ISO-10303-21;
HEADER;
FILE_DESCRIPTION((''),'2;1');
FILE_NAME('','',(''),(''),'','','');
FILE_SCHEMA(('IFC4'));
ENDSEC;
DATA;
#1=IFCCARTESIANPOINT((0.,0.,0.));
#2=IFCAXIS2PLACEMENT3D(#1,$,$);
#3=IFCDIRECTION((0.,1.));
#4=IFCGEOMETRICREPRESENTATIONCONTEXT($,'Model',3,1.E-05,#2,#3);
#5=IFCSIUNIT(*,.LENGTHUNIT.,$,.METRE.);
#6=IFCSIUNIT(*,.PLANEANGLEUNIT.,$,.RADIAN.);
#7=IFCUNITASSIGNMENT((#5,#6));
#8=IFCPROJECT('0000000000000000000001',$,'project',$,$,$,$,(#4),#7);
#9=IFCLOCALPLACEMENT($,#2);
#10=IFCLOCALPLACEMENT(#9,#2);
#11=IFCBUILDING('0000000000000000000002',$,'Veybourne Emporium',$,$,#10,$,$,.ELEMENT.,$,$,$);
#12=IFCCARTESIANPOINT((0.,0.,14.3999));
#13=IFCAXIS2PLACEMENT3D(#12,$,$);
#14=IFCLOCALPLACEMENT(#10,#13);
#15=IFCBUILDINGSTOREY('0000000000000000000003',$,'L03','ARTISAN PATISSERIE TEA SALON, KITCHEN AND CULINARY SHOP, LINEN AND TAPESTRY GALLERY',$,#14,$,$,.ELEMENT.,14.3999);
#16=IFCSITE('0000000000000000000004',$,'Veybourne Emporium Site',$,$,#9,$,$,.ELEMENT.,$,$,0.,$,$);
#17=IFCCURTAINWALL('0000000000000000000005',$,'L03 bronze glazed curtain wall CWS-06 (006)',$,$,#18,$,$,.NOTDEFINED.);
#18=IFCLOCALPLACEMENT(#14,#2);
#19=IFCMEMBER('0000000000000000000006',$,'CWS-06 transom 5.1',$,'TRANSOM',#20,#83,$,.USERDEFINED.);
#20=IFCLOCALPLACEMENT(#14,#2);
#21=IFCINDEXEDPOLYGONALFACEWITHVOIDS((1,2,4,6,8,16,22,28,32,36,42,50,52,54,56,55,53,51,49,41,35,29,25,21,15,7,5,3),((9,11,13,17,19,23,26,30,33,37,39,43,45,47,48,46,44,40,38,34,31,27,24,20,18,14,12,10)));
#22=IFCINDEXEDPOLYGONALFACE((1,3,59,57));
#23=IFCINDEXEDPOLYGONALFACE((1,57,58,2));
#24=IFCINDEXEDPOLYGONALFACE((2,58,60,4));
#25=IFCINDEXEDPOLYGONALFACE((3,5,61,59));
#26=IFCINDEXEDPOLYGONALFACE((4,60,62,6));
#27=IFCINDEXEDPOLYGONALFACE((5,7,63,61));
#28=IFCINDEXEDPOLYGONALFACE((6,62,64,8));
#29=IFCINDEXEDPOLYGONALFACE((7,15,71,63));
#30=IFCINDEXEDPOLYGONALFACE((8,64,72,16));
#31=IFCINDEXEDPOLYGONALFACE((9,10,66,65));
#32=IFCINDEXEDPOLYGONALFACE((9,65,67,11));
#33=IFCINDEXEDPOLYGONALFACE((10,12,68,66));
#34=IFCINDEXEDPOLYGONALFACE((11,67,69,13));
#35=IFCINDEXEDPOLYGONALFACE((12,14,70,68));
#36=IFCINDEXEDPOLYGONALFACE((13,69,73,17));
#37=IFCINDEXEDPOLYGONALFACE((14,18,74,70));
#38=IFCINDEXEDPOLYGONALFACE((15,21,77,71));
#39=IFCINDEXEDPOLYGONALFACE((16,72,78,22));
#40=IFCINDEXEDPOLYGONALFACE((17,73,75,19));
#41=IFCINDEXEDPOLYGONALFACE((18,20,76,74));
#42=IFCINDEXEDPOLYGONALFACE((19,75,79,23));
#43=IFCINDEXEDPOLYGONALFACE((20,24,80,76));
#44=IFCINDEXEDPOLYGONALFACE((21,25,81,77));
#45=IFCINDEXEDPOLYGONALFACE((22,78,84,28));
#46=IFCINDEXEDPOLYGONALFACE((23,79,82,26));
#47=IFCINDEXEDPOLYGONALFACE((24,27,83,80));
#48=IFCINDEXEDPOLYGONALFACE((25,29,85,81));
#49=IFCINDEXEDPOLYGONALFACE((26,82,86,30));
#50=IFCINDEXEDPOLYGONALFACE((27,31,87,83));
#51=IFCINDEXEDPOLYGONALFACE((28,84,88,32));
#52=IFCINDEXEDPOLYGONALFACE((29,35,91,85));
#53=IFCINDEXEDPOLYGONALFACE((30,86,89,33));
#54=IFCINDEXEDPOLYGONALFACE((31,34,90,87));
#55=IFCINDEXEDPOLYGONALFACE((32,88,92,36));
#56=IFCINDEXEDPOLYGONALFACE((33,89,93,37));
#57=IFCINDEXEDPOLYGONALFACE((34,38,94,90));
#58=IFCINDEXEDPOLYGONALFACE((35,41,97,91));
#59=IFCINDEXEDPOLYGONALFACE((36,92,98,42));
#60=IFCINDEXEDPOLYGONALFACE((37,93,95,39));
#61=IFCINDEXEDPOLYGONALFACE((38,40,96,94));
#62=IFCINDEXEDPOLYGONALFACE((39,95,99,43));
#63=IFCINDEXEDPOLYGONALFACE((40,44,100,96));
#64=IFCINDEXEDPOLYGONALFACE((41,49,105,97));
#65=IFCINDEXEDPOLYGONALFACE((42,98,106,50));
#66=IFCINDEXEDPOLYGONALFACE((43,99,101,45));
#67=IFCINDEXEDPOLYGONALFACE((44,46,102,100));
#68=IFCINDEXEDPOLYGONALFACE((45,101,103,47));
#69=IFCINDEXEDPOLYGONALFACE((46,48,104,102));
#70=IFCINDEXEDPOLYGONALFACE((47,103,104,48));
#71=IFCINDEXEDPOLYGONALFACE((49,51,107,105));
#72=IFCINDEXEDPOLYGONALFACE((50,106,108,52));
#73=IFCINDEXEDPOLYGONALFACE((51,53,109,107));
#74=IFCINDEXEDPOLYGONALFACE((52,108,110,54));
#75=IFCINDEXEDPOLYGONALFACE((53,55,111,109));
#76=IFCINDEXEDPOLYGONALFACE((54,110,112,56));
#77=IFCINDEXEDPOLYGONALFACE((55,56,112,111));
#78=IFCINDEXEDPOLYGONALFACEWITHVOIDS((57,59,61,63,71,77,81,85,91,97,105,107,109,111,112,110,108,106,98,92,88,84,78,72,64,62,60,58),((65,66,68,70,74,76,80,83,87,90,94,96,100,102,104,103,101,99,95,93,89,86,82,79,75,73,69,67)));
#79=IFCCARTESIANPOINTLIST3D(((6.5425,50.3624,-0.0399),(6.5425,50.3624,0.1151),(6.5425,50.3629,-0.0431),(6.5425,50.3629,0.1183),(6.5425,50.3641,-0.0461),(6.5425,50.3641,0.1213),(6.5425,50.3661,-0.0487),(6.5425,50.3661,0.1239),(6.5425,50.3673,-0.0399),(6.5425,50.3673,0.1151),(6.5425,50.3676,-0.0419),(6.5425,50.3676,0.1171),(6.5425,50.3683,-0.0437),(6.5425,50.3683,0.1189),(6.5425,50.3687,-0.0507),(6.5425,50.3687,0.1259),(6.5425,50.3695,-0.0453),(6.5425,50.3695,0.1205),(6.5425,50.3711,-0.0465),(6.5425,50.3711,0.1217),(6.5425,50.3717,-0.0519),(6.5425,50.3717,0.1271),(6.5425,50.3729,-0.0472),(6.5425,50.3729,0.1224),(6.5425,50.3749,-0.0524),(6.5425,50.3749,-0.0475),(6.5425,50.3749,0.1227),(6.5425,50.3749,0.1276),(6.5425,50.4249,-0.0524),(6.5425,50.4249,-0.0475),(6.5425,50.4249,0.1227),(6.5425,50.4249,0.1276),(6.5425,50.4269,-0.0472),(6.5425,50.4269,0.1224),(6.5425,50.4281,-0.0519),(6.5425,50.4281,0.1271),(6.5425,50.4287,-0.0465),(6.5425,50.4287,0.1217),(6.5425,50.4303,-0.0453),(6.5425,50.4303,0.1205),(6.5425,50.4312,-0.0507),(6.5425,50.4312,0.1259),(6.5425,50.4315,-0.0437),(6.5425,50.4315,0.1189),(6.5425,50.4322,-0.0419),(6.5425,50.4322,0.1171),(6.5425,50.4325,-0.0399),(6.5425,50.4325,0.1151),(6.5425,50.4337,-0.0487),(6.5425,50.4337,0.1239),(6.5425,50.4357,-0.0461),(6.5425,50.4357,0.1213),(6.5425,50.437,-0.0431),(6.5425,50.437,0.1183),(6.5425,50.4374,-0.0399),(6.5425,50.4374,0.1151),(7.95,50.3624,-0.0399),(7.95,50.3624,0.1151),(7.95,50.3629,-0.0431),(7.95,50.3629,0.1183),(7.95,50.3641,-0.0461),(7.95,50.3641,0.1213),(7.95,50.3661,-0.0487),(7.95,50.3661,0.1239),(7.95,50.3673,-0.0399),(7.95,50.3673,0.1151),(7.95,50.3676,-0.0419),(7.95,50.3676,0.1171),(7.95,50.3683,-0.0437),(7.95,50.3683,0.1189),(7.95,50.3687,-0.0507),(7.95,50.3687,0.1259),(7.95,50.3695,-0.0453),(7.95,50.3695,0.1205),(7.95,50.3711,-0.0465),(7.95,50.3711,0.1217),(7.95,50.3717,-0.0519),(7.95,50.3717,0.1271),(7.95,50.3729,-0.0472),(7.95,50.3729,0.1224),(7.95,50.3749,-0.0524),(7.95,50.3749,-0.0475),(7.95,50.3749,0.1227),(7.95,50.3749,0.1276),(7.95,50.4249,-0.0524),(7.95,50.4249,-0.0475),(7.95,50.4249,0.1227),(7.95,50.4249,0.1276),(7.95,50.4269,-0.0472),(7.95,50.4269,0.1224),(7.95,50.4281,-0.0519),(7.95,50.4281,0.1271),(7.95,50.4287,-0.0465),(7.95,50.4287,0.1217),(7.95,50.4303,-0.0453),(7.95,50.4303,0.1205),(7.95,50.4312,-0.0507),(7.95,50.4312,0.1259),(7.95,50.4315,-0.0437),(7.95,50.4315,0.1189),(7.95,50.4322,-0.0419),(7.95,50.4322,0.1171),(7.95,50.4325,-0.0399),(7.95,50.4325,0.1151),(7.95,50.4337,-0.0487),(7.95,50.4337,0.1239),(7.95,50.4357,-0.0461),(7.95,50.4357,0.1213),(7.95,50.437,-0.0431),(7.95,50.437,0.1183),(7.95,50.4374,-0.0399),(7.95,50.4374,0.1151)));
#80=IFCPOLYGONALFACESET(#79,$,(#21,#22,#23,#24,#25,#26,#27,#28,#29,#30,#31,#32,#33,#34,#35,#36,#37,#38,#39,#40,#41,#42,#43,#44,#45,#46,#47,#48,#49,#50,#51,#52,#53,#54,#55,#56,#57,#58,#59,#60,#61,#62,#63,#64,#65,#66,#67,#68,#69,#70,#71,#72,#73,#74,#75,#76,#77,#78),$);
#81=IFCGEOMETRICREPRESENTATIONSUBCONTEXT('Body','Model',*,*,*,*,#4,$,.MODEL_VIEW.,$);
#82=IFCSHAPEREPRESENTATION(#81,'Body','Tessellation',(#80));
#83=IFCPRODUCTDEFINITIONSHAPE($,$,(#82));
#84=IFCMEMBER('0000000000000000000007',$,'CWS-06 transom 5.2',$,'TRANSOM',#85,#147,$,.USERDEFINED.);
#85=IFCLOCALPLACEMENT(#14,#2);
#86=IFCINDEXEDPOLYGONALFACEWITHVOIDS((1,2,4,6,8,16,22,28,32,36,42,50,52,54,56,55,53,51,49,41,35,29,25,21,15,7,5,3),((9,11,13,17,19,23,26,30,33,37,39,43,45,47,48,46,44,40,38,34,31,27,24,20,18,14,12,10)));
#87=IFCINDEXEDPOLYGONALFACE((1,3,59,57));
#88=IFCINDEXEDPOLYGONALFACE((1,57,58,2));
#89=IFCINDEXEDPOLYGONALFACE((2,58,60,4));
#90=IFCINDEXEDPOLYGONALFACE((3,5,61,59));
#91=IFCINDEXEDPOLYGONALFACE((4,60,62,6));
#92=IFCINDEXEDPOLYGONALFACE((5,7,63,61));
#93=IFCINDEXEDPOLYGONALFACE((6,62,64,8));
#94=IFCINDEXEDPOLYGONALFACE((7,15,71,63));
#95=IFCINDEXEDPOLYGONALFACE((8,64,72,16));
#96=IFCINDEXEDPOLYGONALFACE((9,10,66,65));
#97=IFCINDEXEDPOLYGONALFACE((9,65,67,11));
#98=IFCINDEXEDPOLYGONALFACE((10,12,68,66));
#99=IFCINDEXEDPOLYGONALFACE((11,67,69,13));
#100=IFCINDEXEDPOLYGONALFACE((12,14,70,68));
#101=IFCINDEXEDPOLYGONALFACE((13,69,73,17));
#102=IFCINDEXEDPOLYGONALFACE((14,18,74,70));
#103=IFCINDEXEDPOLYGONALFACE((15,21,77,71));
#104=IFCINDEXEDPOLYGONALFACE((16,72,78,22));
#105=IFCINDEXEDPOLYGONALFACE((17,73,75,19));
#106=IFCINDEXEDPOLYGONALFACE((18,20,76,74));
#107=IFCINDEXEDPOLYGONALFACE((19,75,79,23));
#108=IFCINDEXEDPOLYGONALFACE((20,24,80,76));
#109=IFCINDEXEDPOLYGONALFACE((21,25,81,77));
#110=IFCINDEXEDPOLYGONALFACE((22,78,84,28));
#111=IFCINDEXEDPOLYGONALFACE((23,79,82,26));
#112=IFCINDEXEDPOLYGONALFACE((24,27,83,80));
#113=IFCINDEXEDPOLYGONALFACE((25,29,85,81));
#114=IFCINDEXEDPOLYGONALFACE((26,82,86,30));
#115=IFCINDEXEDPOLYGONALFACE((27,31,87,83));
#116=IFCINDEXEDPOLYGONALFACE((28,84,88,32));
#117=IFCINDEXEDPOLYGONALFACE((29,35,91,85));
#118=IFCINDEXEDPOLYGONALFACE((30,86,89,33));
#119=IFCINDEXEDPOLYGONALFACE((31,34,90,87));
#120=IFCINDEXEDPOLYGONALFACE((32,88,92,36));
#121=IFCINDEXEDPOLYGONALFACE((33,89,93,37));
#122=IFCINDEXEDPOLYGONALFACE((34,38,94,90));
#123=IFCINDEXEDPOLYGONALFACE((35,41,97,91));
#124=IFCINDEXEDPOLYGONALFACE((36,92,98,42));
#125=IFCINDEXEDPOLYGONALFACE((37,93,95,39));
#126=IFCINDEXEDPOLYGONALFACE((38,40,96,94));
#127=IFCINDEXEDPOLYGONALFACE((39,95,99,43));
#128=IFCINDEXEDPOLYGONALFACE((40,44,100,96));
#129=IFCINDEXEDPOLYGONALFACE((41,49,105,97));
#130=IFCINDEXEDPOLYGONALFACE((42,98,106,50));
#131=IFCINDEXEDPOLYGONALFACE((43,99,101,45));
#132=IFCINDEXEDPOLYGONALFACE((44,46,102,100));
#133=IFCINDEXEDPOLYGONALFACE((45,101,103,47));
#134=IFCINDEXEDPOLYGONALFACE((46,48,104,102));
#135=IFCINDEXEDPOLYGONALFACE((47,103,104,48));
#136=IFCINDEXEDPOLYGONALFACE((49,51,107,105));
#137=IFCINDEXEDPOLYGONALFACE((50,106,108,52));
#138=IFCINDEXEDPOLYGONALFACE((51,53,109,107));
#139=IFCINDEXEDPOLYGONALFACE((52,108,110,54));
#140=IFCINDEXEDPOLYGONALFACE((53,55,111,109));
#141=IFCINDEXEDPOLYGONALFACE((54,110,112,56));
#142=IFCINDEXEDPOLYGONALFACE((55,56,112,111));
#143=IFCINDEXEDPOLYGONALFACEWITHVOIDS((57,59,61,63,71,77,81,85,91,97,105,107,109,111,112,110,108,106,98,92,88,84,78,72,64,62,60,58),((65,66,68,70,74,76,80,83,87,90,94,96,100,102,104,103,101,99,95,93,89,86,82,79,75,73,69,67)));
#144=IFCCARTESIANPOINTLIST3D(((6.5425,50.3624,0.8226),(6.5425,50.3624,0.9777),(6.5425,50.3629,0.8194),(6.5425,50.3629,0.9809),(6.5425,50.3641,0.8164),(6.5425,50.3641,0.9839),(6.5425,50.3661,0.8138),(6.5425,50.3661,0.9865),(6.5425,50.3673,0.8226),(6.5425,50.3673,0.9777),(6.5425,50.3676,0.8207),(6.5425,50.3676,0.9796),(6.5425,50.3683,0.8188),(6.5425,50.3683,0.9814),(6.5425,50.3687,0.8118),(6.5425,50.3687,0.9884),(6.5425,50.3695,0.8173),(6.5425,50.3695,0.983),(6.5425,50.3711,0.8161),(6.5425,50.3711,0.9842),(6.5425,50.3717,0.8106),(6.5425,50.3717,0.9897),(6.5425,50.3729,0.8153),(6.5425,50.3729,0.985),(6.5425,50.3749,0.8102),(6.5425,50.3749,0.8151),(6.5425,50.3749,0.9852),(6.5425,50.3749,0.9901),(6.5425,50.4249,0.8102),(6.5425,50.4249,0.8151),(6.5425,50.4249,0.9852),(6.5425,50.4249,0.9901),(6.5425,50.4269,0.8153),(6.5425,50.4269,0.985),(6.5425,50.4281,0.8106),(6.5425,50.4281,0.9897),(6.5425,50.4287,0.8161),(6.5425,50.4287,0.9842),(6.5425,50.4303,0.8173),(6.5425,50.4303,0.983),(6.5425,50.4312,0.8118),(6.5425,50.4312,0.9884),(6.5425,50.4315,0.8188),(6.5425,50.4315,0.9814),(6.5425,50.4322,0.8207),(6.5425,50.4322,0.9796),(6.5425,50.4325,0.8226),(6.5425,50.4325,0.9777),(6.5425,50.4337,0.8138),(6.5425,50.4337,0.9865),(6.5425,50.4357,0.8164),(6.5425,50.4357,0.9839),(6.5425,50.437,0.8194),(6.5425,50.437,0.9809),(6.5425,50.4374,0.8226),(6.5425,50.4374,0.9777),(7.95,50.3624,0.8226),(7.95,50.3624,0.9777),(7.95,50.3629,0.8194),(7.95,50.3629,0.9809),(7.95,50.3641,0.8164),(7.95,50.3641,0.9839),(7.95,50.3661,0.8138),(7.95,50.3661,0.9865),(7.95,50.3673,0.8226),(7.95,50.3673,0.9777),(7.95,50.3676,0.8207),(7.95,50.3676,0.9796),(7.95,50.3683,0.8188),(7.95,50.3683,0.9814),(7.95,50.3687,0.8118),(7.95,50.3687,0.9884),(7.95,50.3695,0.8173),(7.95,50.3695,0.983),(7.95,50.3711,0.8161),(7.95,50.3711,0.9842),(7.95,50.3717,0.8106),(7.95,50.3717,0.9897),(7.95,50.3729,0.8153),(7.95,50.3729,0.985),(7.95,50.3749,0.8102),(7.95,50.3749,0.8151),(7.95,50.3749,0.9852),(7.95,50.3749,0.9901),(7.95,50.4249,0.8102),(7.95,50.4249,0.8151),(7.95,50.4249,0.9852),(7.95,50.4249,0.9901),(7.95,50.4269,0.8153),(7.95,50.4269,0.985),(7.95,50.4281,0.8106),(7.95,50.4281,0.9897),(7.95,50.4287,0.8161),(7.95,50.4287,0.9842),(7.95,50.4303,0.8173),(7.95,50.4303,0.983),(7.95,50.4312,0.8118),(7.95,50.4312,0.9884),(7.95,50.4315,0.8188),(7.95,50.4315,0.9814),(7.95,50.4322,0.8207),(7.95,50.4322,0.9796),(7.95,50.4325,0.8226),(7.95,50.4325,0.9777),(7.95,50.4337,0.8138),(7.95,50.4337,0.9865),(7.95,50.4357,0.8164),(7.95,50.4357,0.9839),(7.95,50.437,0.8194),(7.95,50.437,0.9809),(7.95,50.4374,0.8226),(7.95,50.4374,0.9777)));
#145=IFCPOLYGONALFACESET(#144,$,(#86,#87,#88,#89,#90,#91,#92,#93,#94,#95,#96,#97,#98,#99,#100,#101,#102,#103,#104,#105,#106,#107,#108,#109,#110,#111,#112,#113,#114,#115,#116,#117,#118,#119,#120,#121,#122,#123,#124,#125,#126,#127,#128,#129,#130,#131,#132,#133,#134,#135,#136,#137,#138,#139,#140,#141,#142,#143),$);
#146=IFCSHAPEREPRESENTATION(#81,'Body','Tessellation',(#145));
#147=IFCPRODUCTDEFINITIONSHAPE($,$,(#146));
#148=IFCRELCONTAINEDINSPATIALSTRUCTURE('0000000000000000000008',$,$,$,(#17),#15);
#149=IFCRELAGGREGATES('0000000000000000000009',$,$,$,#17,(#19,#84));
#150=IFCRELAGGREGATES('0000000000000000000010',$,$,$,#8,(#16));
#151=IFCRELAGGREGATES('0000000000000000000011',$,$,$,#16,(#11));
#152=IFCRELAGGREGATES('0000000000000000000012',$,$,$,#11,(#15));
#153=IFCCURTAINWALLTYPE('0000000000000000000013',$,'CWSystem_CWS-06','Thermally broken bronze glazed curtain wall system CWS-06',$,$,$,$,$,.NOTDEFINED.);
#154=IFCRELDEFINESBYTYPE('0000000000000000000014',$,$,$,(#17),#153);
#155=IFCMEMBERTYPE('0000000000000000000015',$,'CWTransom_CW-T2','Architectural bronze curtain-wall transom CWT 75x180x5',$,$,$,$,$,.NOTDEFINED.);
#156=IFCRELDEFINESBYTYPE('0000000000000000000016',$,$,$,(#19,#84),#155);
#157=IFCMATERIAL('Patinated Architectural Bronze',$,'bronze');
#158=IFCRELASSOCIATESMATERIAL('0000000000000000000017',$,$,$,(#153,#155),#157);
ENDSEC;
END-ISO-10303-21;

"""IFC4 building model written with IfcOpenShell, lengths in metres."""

from ifc_helpers import new_model, si_unit, direction, frame, origin, origin_2d, place, context, subcontext, project, spatial, hollow_rectangle, extrude, material, material_profile, profile_set, type_object, element, aggregate, save


model = new_model("IFC4")

# Units and contexts
model_context = context("Model", 3, precision=1e-05, world=origin(), true_north=direction((0.0, 1.0)))
body_context = subcontext(model_context, "Body", "Model", "MODEL_VIEW")
ifc_project = project(units=[si_unit("LENGTHUNIT", "METRE"), si_unit("PLANEANGLEUNIT", "RADIAN")], contexts=[model_context])

# Site, building, storey
site_placement = place(None, origin())
site = spatial("IfcSite", under=ifc_project, at=site_placement, Name="Veybourne Emporium Site", CompositionType="ELEMENT", RefElevation=0.0)
building_placement = place(site_placement, origin())
building = spatial("IfcBuilding", under=site, at=building_placement, Name="Veybourne Emporium", CompositionType="ELEMENT")
storey_placement = place(building_placement, frame((0.0, 0.0, 14.3999)))
storey = spatial("IfcBuildingStorey", under=building, at=storey_placement, Name="L03", Description="ARTISAN PATISSERIE TEA SALON, KITCHEN AND CULINARY SHOP, LINEN AND TAPESTRY GALLERY", CompositionType="ELEMENT", Elevation=14.3999)

# Curtain wall
ifc_material_1 = material(Name="Patinated Architectural Bronze", Category="bronze")
curtain_wall_type_1 = type_object("IfcCurtainWallType", Name="CWSystem_CWS-06", Description="Thermally broken bronze glazed curtain wall system CWS-06", PredefinedType="NOTDEFINED", material=ifc_material_1)
curtain_wall_1_placement = place(storey_placement, origin())
curtain_wall_1 = element("IfcCurtainWall", 1, at=curtain_wall_1_placement, inside=storey, type_object=curtain_wall_type_1, Name="L03 bronze glazed curtain wall CWS-06 (006)", PredefinedType="NOTDEFINED")

# Members
ifc_material_profile_1 = material_profile(ifc_material_1, hollow_rectangle(XDim=0.075, YDim=0.1799, WallThickness=0.0049, InnerFilletRadius=0.0076, OuterFilletRadius=0.0125, at=origin_2d()), Name="CWT 75x180x5")
ifc_profile_set_1 = profile_set([ifc_material_profile_1], Name="Patinated Architectural Bronze")
member_type_1 = type_object("IfcMemberType", Name="CWTransom_CW-T2", Description="Architectural bronze curtain-wall transom CWT 75x180x5", PredefinedType="NOTDEFINED", material=ifc_profile_set_1)
member_1_placement = place(storey_placement, frame((6.5425, 50.3999, 0.0376), z_axis=(1.0, 0.0, 0.0), x_axis=(0.0, 1.0, 0.0)))
member_1 = element("IfcMember", 2, at=member_1_placement, type_object=member_type_1, Name="CWS-06 transom 5.1", ObjectType="TRANSOM", PredefinedType="USERDEFINED", context=body_context, shape_type="SweptSolid", body=[
    extrude(hollow_rectangle(XDim=0.075, YDim=0.1799, WallThickness=0.0049, InnerFilletRadius=0.0076, OuterFilletRadius=0.0125, at=origin_2d()), origin(), (0.0, 0.0, 1.0), 1.4075),
])
member_2_placement = place(storey_placement, frame((6.5425, 50.3999, 0.9001), z_axis=(1.0, 0.0, 0.0), x_axis=(0.0, 1.0, 0.0)))
member_2 = element("IfcMember", 3, at=member_2_placement, type_object=member_type_1, Name="CWS-06 transom 5.2", ObjectType="TRANSOM", PredefinedType="USERDEFINED", context=body_context, shape_type="SweptSolid", body=[
    extrude(hollow_rectangle(XDim=0.075, YDim=0.1799, WallThickness=0.0049, InnerFilletRadius=0.0076, OuterFilletRadius=0.0125, at=origin_2d()), origin(), (0.0, 0.0, 1.0), 1.4075),
])

aggregate(curtain_wall_1, [member_1, member_2])

save(model, "model.ifc")
